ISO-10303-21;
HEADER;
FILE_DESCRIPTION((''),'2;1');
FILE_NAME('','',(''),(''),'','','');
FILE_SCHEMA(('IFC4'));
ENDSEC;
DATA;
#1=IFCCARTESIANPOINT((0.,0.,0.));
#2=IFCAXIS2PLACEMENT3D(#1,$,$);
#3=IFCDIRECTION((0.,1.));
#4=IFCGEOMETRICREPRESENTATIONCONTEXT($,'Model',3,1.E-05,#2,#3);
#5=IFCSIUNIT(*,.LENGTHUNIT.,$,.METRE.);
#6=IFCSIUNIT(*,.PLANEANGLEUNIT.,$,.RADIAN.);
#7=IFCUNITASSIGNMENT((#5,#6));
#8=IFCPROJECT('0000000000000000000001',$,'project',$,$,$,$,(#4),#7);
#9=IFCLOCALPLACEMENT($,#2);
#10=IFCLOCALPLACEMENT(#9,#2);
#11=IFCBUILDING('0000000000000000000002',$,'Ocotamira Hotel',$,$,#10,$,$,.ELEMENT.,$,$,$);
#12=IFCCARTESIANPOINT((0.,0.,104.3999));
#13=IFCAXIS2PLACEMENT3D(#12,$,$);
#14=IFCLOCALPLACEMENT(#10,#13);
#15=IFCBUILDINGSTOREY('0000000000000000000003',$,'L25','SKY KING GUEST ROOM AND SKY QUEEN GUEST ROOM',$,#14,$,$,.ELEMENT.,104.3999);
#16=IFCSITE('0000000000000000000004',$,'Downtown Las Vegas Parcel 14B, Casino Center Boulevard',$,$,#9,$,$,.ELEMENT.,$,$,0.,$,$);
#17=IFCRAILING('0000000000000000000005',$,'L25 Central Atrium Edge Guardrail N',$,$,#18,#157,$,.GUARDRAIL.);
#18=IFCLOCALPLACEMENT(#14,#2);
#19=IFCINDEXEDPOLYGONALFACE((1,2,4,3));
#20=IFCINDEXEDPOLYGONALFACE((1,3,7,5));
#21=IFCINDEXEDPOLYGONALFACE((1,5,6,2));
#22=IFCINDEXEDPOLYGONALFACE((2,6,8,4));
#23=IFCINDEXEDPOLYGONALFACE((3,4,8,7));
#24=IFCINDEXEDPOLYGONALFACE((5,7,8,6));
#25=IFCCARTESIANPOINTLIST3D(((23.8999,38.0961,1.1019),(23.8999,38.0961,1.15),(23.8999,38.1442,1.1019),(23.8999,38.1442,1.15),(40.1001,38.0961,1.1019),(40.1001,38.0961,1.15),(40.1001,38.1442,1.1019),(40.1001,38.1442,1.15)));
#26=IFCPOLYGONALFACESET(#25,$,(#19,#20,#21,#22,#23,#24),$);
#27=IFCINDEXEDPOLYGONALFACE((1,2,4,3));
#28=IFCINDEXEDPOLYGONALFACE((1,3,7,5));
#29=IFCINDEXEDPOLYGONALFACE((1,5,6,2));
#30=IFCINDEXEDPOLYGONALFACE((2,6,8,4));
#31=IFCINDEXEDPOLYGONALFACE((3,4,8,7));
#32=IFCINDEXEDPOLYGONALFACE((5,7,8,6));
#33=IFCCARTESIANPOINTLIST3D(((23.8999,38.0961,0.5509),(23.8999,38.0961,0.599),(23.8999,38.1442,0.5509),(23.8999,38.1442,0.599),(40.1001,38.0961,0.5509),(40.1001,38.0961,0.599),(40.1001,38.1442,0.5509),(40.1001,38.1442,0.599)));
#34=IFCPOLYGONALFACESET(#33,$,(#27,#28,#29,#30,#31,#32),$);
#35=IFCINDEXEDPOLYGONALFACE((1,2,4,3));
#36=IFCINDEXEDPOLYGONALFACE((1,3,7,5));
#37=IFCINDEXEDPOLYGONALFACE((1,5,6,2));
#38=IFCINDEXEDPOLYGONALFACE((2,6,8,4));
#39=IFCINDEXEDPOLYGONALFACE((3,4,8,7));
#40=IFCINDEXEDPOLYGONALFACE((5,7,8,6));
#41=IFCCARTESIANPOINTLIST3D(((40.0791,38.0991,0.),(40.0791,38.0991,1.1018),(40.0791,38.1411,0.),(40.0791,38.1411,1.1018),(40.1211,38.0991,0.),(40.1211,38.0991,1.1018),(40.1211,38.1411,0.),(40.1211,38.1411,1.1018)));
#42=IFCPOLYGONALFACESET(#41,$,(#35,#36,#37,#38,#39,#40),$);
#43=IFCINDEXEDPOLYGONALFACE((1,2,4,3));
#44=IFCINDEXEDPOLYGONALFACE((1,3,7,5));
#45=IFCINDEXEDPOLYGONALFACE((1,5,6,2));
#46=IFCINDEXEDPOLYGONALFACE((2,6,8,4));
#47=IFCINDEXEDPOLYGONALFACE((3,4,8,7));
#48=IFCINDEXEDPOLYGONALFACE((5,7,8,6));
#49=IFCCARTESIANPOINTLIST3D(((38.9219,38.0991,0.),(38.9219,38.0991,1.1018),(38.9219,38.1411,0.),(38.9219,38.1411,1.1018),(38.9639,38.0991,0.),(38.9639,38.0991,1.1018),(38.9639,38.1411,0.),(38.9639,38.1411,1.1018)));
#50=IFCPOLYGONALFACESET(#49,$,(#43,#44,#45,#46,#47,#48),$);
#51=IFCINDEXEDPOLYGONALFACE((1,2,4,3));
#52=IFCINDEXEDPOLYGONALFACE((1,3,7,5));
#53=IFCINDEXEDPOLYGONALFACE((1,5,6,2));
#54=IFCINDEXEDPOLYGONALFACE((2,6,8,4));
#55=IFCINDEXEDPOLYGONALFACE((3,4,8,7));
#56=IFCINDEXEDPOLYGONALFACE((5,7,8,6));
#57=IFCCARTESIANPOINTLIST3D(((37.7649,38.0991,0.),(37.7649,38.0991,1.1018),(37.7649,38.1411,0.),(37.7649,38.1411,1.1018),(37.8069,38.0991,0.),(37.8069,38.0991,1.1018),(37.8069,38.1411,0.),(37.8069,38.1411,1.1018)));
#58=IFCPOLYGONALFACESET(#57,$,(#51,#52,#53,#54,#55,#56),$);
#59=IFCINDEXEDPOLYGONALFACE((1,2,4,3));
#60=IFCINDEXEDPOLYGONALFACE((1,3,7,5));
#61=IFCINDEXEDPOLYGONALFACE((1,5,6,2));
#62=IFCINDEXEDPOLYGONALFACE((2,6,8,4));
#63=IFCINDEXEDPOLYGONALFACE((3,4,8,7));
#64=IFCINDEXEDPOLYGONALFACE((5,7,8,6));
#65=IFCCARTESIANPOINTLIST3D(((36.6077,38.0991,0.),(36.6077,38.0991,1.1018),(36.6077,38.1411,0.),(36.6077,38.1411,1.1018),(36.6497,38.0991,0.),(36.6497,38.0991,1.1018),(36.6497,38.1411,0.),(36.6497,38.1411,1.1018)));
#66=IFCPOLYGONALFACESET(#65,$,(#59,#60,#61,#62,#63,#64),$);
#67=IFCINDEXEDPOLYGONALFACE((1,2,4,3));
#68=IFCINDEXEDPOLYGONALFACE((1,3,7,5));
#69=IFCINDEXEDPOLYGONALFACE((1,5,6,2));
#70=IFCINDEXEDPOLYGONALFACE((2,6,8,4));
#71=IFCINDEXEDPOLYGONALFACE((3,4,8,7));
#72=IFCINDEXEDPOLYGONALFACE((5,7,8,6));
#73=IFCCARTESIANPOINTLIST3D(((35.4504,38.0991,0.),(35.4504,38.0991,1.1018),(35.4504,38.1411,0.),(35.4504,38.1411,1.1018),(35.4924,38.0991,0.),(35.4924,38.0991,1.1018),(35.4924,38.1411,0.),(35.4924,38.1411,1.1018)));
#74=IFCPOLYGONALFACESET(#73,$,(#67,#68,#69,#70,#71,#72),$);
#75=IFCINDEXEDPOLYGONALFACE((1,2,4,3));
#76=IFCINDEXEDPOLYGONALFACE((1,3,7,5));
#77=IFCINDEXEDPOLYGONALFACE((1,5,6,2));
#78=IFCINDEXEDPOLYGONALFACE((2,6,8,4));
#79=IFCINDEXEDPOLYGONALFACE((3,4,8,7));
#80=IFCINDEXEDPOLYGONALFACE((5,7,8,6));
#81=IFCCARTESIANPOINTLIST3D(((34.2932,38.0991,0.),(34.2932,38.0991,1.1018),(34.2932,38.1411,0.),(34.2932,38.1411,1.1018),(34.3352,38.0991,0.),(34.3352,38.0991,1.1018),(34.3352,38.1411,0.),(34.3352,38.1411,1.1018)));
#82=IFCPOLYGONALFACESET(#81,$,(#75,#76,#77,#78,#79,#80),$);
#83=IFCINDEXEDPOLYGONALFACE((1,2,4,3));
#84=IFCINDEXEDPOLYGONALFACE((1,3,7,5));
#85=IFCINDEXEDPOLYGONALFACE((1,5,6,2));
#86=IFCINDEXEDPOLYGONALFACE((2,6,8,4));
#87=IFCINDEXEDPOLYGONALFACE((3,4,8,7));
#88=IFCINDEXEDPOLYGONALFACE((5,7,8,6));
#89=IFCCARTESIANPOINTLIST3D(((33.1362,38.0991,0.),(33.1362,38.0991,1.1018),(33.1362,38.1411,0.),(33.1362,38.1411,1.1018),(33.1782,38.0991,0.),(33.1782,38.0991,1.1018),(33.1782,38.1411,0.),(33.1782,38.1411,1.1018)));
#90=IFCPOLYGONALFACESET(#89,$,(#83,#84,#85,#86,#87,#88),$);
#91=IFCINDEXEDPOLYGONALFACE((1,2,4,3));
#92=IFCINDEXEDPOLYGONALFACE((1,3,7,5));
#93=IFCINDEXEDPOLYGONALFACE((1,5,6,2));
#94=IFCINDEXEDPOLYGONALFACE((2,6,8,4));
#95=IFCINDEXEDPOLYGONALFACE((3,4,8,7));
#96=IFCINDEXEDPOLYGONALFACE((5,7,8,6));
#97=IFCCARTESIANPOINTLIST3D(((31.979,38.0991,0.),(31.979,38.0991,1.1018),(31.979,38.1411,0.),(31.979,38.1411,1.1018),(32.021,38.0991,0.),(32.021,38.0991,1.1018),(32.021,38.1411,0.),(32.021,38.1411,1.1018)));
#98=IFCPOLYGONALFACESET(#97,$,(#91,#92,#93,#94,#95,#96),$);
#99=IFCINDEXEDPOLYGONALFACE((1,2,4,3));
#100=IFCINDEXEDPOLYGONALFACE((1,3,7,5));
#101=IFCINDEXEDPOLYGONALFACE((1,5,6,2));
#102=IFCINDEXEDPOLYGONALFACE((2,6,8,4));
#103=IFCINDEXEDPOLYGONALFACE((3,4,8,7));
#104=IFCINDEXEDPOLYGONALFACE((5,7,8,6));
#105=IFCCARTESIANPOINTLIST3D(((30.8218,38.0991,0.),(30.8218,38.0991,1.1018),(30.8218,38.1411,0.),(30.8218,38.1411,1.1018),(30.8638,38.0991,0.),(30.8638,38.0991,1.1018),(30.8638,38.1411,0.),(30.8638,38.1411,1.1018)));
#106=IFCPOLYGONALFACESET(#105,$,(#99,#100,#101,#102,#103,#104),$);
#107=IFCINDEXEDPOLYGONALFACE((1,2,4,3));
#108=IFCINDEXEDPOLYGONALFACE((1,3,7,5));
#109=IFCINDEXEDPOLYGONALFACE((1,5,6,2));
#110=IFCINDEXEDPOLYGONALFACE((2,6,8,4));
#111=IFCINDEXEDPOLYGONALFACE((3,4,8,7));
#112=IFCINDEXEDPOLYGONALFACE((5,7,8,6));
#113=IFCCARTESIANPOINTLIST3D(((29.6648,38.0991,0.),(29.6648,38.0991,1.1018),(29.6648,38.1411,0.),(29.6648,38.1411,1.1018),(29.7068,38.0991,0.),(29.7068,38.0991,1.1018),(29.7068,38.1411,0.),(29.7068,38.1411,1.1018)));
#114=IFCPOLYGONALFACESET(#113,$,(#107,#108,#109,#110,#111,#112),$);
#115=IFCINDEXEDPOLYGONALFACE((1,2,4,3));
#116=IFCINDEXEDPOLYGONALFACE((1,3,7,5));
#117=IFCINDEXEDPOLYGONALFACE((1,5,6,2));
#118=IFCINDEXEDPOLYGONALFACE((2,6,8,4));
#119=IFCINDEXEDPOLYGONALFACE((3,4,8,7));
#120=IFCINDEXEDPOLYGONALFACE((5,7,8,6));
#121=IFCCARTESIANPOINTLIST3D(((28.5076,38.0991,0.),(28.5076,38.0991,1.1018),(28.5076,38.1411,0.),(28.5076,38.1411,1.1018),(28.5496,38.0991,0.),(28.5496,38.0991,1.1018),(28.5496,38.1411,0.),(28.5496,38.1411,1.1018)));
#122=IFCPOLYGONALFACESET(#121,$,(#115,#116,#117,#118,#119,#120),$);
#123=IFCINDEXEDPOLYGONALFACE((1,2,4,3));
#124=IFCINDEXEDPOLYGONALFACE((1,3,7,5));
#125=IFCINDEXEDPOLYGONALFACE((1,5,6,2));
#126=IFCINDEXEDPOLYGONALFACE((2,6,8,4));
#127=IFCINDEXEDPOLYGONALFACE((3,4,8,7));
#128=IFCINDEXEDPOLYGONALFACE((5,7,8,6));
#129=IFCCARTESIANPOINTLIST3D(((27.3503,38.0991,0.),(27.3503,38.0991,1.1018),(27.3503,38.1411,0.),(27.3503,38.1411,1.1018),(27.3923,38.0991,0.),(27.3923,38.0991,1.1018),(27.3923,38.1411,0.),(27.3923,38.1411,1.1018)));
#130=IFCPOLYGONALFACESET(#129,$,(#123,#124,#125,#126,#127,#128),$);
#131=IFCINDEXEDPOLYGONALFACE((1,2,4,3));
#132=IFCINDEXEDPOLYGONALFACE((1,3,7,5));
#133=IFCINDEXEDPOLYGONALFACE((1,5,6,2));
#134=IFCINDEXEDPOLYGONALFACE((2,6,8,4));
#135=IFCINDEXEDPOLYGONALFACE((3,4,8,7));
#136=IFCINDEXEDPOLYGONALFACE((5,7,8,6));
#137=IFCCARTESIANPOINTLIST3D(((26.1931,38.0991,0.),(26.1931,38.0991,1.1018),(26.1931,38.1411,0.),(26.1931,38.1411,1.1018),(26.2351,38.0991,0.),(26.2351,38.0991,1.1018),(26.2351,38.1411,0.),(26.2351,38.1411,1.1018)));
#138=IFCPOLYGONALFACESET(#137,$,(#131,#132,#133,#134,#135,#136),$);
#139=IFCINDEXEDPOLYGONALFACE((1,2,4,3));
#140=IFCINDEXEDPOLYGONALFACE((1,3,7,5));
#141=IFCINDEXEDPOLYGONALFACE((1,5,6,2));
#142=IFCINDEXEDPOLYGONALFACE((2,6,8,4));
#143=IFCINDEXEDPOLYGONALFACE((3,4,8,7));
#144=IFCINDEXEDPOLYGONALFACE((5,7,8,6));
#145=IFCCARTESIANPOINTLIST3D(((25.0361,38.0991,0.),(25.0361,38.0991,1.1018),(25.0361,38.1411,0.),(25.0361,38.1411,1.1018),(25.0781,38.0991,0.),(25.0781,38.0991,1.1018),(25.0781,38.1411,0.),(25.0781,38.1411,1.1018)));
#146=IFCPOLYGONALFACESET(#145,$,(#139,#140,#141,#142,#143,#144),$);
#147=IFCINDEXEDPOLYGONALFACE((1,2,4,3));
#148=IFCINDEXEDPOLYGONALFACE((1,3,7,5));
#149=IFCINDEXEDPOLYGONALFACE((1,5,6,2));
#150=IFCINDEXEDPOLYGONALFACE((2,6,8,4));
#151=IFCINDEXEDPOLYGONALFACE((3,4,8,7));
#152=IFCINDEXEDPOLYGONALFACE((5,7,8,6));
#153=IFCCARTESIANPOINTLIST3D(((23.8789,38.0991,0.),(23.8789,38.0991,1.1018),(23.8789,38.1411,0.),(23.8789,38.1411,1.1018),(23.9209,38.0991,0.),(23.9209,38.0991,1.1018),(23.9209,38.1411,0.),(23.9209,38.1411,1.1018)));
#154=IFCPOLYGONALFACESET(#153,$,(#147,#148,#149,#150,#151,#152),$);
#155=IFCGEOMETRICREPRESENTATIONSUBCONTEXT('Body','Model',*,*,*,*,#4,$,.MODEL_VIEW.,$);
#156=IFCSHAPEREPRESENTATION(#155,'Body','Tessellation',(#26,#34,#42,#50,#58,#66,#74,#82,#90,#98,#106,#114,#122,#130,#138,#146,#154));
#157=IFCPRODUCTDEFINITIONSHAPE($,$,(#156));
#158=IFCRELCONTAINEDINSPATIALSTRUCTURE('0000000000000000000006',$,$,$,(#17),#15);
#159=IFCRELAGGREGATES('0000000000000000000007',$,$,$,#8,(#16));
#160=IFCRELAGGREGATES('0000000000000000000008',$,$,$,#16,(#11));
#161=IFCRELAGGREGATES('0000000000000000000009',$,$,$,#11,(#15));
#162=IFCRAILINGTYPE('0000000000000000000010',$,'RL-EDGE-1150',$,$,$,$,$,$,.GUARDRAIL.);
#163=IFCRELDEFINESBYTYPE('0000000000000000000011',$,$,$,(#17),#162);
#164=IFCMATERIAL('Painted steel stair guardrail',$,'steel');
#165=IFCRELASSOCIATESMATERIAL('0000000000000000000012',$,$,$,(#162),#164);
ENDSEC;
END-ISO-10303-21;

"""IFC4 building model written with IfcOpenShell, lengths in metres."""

from ifc_helpers import new_model, si_unit, direction, frame, origin, origin_2d, place, context, subcontext, project, spatial, rectangle, extrude, material, type_object, element, save


model = new_model("IFC4")

# Units and contexts
model_context = context("Model", 3, precision=1e-05, world=origin(), true_north=direction((0.0, 1.0)))
body_context = subcontext(model_context, "Body", "Model", "MODEL_VIEW")
ifc_project = project(units=[si_unit("LENGTHUNIT", "METRE"), si_unit("PLANEANGLEUNIT", "RADIAN")], contexts=[model_context])

# Site, building, storey
site_placement = place(None, origin())
site = spatial("IfcSite", under=ifc_project, at=site_placement, Name="Downtown Las Vegas Parcel 14B, Casino Center Boulevard", CompositionType="ELEMENT", RefElevation=0.0)
building_placement = place(site_placement, origin())
building = spatial("IfcBuilding", under=site, at=building_placement, Name="Ocotamira Hotel", CompositionType="ELEMENT")
storey_placement = place(building_placement, frame((0.0, 0.0, 104.3999)))
storey = spatial("IfcBuildingStorey", under=building, at=storey_placement, Name="L25", Description="SKY KING GUEST ROOM AND SKY QUEEN GUEST ROOM", CompositionType="ELEMENT", Elevation=104.3999)

# Railing
ifc_material_1 = material(Name="Painted steel stair guardrail", Category="steel")
railing_type = type_object("IfcRailingType", Name="RL-EDGE-1150", PredefinedType="GUARDRAIL", material=ifc_material_1)
railing_placement = place(storey_placement, frame((40.1001, 38.1201, 0.0)))
element("IfcRailing", 1, at=railing_placement, inside=storey, type_object=railing_type, Name="L25 Central Atrium Edge Guardrail N", PredefinedType="GUARDRAIL", context=body_context, shape_type="SweptSolid", body=[
    extrude(rectangle(XDim=0.0481, YDim=0.0481, at=origin_2d()), frame((0.0, 0.0, 1.126), z_axis=(-1.0, 0.0, 0.0), x_axis=(0.0, -1.0, 0.0)), (0.0, 0.0, 1.0), 16.2002),
    extrude(rectangle(XDim=0.0481, YDim=0.0481, at=origin_2d()), frame((0.0, 0.0, 0.575), z_axis=(-1.0, 0.0, 0.0), x_axis=(0.0, -1.0, 0.0)), (0.0, 0.0, 1.0), 16.2002),
    extrude(rectangle(XDim=0.042, YDim=0.042, at=origin_2d()), origin(), (0.0, 0.0, 1.0), 1.1018),
    extrude(rectangle(XDim=0.042, YDim=0.042, at=origin_2d()), frame((-1.1572, 0.0, 0.0)), (0.0, 0.0, 1.0), 1.1018),
    extrude(rectangle(XDim=0.042, YDim=0.042, at=origin_2d()), frame((-2.3142, 0.0, 0.0)), (0.0, 0.0, 1.0), 1.1018),
    extrude(rectangle(XDim=0.042, YDim=0.042, at=origin_2d()), frame((-3.4714, 0.0, 0.0)), (0.0, 0.0, 1.0), 1.1018),
    extrude(rectangle(XDim=0.042, YDim=0.042, at=origin_2d()), frame((-4.6287, 0.0, 0.0)), (0.0, 0.0, 1.0), 1.1018),
    extrude(rectangle(XDim=0.042, YDim=0.042, at=origin_2d()), frame((-5.7859, 0.0, 0.0)), (0.0, 0.0, 1.0), 1.1018),
    extrude(rectangle(XDim=0.042, YDim=0.042, at=origin_2d()), frame((-6.9429, 0.0, 0.0)), (0.0, 0.0, 1.0), 1.1018),
    extrude(rectangle(XDim=0.042, YDim=0.042, at=origin_2d()), frame((-8.1001, 0.0, 0.0)), (0.0, 0.0, 1.0), 1.1018),
    extrude(rectangle(XDim=0.042, YDim=0.042, at=origin_2d()), frame((-9.2573, 0.0, 0.0)), (0.0, 0.0, 1.0), 1.1018),
    extrude(rectangle(XDim=0.042, YDim=0.042, at=origin_2d()), frame((-10.4143, 0.0, 0.0)), (0.0, 0.0, 1.0), 1.1018),
    extrude(rectangle(XDim=0.042, YDim=0.042, at=origin_2d()), frame((-11.5715, 0.0, 0.0)), (0.0, 0.0, 1.0), 1.1018),
    extrude(rectangle(XDim=0.042, YDim=0.042, at=origin_2d()), frame((-12.7288, 0.0, 0.0)), (0.0, 0.0, 1.0), 1.1018),
    extrude(rectangle(XDim=0.042, YDim=0.042, at=origin_2d()), frame((-13.886, 0.0, 0.0)), (0.0, 0.0, 1.0), 1.1018),
    extrude(rectangle(XDim=0.042, YDim=0.042, at=origin_2d()), frame((-15.043, 0.0, 0.0)), (0.0, 0.0, 1.0), 1.1018),
    extrude(rectangle(XDim=0.042, YDim=0.042, at=origin_2d()), frame((-16.2002, 0.0, 0.0)), (0.0, 0.0, 1.0), 1.1018),
])

save(model, "model.ifc")
